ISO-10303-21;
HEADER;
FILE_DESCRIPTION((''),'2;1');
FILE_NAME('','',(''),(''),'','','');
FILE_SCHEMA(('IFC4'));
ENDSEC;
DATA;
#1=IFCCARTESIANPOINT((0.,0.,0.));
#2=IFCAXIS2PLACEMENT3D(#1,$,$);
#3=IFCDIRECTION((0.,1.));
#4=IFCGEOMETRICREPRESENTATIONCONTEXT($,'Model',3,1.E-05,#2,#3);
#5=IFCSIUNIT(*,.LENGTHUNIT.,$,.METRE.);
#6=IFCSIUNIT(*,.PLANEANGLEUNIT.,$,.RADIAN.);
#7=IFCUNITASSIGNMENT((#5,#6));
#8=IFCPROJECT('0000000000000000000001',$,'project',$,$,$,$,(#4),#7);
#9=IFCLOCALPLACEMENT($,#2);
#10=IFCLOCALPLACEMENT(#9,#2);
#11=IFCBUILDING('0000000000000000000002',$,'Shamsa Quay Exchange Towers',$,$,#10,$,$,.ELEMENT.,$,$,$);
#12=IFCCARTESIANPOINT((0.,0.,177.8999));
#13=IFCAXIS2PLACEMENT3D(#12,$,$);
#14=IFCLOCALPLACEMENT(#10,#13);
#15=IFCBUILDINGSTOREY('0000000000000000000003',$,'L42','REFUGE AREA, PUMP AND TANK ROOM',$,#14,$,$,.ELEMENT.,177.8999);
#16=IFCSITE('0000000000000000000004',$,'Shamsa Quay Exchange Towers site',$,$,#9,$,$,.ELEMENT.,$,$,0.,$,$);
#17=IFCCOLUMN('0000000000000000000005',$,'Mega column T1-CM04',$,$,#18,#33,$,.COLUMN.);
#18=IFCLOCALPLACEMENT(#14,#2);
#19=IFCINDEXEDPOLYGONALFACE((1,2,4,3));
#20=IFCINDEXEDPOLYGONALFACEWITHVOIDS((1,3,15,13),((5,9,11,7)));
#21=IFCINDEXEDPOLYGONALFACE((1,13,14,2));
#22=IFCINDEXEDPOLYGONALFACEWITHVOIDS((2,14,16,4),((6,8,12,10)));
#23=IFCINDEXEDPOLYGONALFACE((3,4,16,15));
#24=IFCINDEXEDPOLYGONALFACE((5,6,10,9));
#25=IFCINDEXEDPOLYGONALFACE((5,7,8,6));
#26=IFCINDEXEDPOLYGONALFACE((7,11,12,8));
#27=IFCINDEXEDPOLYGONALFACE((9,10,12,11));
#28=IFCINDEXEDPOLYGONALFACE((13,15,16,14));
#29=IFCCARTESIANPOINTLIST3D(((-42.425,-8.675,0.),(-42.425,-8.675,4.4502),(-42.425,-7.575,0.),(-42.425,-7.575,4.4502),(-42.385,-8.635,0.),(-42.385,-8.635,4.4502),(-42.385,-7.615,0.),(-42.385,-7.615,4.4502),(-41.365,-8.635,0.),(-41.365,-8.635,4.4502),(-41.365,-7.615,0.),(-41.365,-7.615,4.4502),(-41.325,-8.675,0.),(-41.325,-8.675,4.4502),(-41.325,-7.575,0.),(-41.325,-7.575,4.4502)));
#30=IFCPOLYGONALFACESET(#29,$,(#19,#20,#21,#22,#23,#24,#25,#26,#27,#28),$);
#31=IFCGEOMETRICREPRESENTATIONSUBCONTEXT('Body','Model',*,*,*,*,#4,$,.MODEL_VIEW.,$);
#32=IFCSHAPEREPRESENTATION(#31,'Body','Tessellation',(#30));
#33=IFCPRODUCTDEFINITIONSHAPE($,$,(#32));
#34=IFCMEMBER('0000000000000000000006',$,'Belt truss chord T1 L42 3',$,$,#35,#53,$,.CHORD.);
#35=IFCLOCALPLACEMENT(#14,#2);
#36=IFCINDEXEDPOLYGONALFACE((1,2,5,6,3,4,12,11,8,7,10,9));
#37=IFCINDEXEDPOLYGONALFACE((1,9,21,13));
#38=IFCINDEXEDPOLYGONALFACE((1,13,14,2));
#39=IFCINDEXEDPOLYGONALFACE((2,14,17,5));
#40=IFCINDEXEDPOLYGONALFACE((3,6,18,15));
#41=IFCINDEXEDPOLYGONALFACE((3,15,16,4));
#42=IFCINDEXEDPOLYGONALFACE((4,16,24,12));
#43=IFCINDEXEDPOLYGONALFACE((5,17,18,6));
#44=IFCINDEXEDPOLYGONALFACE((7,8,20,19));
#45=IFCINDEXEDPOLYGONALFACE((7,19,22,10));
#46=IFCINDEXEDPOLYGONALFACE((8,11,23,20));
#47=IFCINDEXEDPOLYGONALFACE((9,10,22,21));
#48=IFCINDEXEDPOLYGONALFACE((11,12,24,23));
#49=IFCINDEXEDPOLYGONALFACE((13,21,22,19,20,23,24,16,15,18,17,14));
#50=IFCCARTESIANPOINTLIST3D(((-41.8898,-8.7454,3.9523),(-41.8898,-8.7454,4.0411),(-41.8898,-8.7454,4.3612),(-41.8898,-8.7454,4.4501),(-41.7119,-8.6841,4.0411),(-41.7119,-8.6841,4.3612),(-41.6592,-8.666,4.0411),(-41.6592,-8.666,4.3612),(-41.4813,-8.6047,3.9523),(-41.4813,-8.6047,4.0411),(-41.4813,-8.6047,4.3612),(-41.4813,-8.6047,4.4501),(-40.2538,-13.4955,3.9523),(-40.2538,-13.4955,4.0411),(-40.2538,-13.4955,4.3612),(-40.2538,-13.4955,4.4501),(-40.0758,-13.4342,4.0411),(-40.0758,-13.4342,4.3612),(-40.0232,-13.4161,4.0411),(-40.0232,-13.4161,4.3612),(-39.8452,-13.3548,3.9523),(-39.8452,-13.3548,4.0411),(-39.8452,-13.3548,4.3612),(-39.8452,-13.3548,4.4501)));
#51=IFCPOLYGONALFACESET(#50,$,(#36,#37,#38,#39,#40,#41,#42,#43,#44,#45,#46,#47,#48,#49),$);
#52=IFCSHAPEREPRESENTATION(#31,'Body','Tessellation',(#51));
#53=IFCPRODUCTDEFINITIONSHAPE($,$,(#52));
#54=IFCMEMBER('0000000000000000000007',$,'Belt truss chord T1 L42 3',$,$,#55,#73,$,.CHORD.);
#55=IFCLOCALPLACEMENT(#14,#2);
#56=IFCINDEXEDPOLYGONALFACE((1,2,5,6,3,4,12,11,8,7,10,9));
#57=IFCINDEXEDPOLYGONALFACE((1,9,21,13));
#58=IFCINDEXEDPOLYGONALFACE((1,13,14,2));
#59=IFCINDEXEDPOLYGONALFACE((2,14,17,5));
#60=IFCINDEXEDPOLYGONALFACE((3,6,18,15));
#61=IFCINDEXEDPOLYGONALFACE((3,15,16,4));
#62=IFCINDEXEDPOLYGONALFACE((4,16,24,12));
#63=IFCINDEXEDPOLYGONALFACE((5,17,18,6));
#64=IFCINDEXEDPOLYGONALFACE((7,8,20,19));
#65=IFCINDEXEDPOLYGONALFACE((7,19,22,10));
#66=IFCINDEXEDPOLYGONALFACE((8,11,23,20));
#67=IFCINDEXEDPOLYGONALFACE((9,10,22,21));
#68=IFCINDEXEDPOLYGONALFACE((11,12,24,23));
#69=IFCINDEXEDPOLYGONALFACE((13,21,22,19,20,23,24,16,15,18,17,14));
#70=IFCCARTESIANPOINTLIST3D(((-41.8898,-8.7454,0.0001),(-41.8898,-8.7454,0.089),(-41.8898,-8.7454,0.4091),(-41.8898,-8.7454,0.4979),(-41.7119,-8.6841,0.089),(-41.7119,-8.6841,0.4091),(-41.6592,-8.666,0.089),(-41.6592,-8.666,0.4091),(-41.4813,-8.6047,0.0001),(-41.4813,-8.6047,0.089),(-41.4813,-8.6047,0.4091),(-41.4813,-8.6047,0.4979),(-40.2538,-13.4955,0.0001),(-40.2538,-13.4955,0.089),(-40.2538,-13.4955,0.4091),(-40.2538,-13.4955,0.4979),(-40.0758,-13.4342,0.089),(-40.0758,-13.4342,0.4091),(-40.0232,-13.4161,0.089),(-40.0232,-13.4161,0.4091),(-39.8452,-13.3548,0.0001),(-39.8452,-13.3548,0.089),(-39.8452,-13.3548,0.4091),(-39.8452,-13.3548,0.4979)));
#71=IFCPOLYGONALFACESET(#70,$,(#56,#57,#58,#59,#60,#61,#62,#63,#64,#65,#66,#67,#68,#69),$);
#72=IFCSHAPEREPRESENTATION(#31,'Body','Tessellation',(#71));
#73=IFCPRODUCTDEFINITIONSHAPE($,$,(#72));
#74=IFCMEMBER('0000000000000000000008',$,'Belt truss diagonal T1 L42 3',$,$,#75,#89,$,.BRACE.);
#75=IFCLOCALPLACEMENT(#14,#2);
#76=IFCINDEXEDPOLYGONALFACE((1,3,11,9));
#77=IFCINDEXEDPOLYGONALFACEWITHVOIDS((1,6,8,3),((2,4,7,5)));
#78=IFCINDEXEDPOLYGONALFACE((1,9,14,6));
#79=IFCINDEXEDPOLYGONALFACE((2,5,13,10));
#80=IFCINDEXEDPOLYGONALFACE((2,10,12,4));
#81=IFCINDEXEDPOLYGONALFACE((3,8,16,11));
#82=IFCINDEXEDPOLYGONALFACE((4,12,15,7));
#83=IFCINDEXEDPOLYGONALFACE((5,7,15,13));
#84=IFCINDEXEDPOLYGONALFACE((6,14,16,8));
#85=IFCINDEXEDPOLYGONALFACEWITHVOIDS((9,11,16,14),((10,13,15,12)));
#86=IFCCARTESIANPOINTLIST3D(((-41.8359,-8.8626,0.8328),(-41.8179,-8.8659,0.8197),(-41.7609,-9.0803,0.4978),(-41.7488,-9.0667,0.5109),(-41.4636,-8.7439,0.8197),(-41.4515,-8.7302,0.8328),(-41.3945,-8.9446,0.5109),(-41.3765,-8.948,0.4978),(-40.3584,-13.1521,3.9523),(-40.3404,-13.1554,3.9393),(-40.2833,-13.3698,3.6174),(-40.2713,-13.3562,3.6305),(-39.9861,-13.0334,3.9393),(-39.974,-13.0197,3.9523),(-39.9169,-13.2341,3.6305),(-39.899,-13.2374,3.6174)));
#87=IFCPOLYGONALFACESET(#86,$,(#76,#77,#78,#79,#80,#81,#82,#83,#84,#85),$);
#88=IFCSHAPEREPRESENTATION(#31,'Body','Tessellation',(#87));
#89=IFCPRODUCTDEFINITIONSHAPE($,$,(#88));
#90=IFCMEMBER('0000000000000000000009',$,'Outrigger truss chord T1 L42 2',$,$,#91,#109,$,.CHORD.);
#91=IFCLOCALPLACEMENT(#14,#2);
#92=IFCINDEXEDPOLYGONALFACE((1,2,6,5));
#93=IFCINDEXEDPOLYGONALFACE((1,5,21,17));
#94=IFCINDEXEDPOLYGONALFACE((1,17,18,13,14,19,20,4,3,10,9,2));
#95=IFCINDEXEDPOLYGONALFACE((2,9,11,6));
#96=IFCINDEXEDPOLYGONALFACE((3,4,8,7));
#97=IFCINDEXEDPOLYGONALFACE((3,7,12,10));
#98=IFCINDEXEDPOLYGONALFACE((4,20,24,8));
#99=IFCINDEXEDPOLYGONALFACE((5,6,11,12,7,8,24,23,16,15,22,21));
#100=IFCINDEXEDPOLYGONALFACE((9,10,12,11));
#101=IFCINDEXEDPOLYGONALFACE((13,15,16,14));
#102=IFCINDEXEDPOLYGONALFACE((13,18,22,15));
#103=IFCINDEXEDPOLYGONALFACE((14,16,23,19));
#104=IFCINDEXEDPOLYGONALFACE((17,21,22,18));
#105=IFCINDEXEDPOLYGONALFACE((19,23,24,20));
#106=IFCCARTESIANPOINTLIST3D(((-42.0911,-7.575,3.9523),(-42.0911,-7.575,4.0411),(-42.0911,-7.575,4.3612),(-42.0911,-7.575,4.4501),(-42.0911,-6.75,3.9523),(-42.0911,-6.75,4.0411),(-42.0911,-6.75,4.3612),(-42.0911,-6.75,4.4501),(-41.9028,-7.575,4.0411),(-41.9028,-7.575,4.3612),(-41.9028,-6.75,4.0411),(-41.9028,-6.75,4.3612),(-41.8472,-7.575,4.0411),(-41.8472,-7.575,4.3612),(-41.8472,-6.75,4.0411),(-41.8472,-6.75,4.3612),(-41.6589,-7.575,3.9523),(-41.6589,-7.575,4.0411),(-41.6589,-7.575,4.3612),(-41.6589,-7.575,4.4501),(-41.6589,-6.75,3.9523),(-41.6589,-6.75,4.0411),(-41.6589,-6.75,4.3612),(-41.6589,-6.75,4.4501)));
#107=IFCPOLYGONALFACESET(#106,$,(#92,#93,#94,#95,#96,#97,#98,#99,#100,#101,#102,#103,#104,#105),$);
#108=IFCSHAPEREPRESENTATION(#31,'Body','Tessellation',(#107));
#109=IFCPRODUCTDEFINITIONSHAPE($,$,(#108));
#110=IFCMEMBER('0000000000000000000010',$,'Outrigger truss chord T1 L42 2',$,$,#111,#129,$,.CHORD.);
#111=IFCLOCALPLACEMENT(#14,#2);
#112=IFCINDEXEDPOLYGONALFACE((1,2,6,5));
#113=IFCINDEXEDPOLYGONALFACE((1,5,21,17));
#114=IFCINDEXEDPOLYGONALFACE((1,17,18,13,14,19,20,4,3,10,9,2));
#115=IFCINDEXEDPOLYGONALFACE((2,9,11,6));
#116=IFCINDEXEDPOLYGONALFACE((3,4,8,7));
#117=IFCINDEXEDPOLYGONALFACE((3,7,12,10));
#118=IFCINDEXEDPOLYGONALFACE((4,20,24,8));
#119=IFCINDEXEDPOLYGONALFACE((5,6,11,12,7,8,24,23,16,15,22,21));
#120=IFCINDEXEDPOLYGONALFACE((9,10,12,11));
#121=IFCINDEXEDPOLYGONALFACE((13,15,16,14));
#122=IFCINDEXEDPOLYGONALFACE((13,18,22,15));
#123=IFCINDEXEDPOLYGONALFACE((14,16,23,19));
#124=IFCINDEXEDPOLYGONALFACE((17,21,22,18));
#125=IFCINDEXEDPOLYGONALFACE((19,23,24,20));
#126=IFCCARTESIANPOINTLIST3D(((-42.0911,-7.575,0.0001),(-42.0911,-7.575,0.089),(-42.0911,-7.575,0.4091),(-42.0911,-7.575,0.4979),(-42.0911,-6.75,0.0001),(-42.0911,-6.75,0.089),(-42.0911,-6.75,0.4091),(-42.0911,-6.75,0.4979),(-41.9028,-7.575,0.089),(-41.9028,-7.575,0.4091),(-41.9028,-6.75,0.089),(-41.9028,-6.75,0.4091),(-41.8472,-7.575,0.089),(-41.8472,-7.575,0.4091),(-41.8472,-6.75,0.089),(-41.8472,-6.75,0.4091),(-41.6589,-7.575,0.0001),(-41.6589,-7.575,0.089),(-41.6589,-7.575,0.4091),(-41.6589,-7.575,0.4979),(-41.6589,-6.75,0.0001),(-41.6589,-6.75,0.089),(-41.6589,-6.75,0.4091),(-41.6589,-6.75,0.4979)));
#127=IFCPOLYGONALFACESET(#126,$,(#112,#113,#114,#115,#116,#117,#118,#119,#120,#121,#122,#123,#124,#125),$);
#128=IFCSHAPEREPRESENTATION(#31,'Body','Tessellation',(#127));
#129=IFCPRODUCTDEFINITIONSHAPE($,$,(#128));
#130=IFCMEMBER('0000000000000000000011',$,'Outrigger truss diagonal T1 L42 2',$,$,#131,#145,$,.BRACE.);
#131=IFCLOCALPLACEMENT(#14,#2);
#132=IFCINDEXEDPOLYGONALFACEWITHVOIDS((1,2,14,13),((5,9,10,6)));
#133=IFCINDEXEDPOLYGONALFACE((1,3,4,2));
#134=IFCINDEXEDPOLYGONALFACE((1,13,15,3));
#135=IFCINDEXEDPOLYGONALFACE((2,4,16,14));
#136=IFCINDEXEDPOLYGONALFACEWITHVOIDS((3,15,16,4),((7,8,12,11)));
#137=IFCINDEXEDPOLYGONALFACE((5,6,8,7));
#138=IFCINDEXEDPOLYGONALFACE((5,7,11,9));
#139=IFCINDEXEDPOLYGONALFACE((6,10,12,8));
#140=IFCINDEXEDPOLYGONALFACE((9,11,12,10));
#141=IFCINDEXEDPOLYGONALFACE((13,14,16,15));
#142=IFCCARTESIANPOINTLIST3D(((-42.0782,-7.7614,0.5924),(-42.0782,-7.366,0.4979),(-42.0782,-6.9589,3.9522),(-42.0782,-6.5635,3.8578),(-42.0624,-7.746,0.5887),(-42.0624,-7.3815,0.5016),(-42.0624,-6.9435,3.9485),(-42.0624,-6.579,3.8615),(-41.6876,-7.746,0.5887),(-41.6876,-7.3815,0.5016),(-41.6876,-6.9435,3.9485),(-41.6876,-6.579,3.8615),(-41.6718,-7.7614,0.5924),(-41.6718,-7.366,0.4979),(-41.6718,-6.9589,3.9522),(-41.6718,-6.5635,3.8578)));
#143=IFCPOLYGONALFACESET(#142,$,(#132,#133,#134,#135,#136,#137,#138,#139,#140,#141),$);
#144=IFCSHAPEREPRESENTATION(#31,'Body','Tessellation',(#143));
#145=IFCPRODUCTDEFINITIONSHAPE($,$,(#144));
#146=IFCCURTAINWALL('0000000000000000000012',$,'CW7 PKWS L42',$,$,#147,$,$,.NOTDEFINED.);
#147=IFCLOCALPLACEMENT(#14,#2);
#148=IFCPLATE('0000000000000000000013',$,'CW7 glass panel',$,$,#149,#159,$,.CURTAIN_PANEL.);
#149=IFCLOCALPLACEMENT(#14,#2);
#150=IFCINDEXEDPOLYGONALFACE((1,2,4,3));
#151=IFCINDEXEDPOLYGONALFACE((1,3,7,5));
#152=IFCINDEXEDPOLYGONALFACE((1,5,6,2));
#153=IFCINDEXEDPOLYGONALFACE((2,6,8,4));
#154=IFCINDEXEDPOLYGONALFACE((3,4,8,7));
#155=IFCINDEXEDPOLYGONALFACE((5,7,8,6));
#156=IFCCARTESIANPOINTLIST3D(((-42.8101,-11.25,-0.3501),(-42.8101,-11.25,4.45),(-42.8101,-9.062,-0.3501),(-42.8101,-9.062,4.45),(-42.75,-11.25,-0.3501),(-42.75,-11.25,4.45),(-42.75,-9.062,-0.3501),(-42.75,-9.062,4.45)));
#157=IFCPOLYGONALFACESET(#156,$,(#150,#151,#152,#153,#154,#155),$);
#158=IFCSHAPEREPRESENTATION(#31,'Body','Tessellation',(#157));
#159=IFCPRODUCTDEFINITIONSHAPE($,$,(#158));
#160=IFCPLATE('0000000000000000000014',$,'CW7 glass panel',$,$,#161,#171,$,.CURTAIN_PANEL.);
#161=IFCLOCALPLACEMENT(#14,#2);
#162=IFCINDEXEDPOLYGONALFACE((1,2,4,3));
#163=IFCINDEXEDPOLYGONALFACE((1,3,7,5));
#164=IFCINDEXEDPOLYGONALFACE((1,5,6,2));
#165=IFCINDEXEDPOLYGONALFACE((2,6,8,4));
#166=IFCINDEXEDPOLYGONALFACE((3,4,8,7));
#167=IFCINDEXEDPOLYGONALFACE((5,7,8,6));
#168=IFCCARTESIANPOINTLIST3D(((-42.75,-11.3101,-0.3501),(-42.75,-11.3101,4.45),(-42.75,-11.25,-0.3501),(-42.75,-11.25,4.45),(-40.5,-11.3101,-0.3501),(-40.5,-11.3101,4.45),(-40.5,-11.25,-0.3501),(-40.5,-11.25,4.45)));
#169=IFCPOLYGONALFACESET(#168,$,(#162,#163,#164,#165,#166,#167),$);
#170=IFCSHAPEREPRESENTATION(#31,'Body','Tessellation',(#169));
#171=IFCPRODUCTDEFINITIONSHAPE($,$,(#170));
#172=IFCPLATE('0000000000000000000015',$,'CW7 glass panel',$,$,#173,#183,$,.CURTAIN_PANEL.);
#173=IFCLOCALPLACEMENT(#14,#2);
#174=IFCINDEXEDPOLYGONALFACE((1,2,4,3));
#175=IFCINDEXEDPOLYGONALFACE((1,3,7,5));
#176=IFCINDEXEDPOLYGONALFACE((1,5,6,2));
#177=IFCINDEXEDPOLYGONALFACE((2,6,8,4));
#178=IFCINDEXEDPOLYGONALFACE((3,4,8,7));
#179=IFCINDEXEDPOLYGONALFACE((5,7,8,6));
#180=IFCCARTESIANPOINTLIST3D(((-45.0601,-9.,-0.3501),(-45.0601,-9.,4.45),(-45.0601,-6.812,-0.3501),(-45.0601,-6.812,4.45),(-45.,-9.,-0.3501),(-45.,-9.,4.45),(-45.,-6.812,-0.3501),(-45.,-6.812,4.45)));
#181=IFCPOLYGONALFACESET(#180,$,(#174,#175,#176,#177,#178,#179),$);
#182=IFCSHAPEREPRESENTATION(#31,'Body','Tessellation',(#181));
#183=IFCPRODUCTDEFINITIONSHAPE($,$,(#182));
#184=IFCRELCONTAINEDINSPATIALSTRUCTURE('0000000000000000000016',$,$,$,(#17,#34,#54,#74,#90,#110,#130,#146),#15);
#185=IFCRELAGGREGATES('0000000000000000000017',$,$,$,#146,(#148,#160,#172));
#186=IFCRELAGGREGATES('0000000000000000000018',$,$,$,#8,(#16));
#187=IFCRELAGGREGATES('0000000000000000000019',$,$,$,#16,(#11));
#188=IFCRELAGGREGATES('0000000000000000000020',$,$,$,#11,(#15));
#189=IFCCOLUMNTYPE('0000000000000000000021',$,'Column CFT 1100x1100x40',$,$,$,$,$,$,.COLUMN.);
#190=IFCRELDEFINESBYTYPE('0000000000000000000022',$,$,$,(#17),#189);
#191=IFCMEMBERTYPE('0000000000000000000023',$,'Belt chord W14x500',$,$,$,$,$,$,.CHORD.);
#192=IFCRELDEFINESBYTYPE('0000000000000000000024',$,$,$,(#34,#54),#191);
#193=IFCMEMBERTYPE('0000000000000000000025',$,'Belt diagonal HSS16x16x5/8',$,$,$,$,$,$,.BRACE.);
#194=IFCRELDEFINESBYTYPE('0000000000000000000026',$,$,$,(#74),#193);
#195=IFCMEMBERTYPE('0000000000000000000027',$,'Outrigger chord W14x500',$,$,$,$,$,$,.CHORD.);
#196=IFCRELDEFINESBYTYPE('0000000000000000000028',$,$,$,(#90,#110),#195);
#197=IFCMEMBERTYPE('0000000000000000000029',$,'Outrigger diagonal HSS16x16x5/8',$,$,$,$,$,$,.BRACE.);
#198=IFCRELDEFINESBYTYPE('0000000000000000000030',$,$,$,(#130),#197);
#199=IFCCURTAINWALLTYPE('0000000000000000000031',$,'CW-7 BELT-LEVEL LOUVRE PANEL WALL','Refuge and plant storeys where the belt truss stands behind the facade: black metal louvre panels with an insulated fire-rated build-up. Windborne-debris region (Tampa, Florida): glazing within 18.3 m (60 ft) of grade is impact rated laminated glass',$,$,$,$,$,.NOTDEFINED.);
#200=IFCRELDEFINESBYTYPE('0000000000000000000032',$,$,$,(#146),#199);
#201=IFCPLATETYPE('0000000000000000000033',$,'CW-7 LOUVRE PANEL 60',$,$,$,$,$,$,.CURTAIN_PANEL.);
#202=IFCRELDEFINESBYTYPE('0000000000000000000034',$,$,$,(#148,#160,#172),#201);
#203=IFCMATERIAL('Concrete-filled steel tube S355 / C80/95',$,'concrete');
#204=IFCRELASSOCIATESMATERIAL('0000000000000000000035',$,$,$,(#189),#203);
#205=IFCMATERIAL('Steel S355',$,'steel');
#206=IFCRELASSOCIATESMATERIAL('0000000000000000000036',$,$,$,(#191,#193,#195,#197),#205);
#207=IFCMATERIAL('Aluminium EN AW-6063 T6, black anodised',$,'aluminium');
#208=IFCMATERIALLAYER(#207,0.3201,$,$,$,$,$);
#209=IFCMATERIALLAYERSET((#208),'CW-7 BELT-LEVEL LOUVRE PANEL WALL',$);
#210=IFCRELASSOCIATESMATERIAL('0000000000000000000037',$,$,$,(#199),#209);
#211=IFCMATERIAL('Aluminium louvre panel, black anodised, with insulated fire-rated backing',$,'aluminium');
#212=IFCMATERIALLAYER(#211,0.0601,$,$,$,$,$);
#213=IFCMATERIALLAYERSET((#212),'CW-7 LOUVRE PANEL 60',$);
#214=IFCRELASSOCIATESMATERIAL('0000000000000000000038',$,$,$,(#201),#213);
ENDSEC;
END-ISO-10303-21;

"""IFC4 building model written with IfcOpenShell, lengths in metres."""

from ifc_helpers import new_model, si_unit, direction, frame, origin, origin_2d, place, context, subcontext, project, spatial, rectangle, hollow_rectangle, i_section, extrude, material, layer, layer_set, material_profile, profile_set, type_object, element, aggregate, save


model = new_model("IFC4")

# Units and contexts
model_context = context("Model", 3, precision=1e-05, world=origin(), true_north=direction((0.0, 1.0)))
body_context = subcontext(model_context, "Body", "Model", "MODEL_VIEW")
ifc_project = project(units=[si_unit("LENGTHUNIT", "METRE"), si_unit("PLANEANGLEUNIT", "RADIAN")], contexts=[model_context])

# Site, building, storey
site_placement = place(None, origin())
site = spatial("IfcSite", under=ifc_project, at=site_placement, Name="Shamsa Quay Exchange Towers site", CompositionType="ELEMENT", RefElevation=0.0)
building_placement = place(site_placement, origin())
building = spatial("IfcBuilding", under=site, at=building_placement, Name="Shamsa Quay Exchange Towers", CompositionType="ELEMENT")
storey_placement = place(building_placement, frame((0.0, 0.0, 177.8999)))
storey = spatial("IfcBuildingStorey", under=building, at=storey_placement, Name="L42", Description="REFUGE AREA, PUMP AND TANK ROOM", CompositionType="ELEMENT", Elevation=177.8999)

# Column
ifc_material_1 = material(Name="Concrete-filled steel tube S355 / C80/95", Category="concrete")
ifc_material_profile_1 = material_profile(ifc_material_1, hollow_rectangle(XDim=1.1001, YDim=1.1001, WallThickness=0.04, at=origin_2d()), Name="CFT 1100x1100x40")
ifc_profile_set_1 = profile_set([ifc_material_profile_1], Name="Concrete-filled steel tube S355 / C80/95")
column_type = type_object("IfcColumnType", Name="Column CFT 1100x1100x40", PredefinedType="COLUMN", material=ifc_profile_set_1)
column_placement = place(storey_placement, frame((-41.875, -8.125, 0.0)))
element("IfcColumn", 1, at=column_placement, inside=storey, type_object=column_type, Name="Mega column T1-CM04", PredefinedType="COLUMN", context=body_context, shape_type="SweptSolid", body=[
    extrude(hollow_rectangle(XDim=1.1001, YDim=1.1001, WallThickness=0.04, at=origin_2d()), origin(), (0.0, 0.0, 1.0), 4.4502),
])

# Members
ifc_material_2 = material(Name="Steel S355", Category="steel")
ifc_material_profile_2 = material_profile(ifc_material_2, i_section(OverallWidth=0.4321, OverallDepth=0.4978, WebThickness=0.0557, FlangeThickness=0.0889, at=origin_2d()), Name="W14x500")
ifc_profile_set_2 = profile_set([ifc_material_profile_2], Name="Steel S355")
member_type_1 = type_object("IfcMemberType", Name="Belt chord W14x500", PredefinedType="CHORD", material=ifc_profile_set_2)
for number, where, z_axis, x_axis, name in (
    (2, (-41.6855, -8.675, 4.2012), (0.325645, -0.945492, 0.0), (0.945492, 0.325645, 0.0), "Belt truss chord T1 L42 3"),
    (3, (-41.6855, -8.675, 0.249), (0.325645, -0.945492, 0.0), (0.945492, 0.325645, 0.0), "Belt truss chord T1 L42 3"),
):
    element("IfcMember", number, at=place(storey_placement, frame(where, z_axis=z_axis, x_axis=x_axis)), inside=storey, type_object=member_type_1, Name=name, PredefinedType="CHORD", context=body_context, shape_type="SweptSolid", body=[
        extrude(i_section(OverallWidth=0.4321, OverallDepth=0.4978, WebThickness=0.0557, FlangeThickness=0.0889, at=origin_2d()), origin(), (0.0, 0.0, 1.0), 5.0239),
    ])
ifc_material_profile_3 = material_profile(ifc_material_2, hollow_rectangle(XDim=0.4065, YDim=0.4065, WallThickness=0.0159, at=origin_2d()), Name="HSS16x16x5/8")
ifc_profile_set_3 = profile_set([ifc_material_profile_3], Name="Steel S355")
member_type_2 = type_object("IfcMemberType", Name="Belt diagonal HSS16x16x5/8", PredefinedType="BRACE", material=ifc_profile_set_3)
member_1_placement = place(storey_placement, frame((-41.6062, -8.9053, 0.6653), z_axis=(0.268353, -0.779076, 0.566593), x_axis=(0.945483, 0.325672, 0.0)))
element("IfcMember", 4, at=member_1_placement, inside=storey, type_object=member_type_2, Name="Belt truss diagonal T1 L42 3", PredefinedType="BRACE", context=body_context, shape_type="SweptSolid", body=[
    extrude(hollow_rectangle(XDim=0.4065, YDim=0.4065, WallThickness=0.0159, at=origin_2d()), origin(), (0.0, 0.0, 1.0), 5.5059),
])
ifc_material_profile_4 = material_profile(ifc_material_2, i_section(OverallWidth=0.4321, OverallDepth=0.4978, WebThickness=0.0557, FlangeThickness=0.0889, at=origin_2d()), Name="W14x500")
ifc_profile_set_4 = profile_set([ifc_material_profile_4], Name="Steel S355")
member_type_3 = type_object("IfcMemberType", Name="Outrigger chord W14x500", PredefinedType="CHORD", material=ifc_profile_set_4)
for number, where, z_axis, x_axis, name in (
    (5, (-41.875, -7.575, 4.2012), (0.0, 1.0, 0.0), (-1.0, 0.0, 0.0), "Outrigger truss chord T1 L42 2"),
    (6, (-41.875, -7.575, 0.249), (0.0, 1.0, 0.0), (-1.0, 0.0, 0.0), "Outrigger truss chord T1 L42 2"),
):
    element("IfcMember", number, at=place(storey_placement, frame(where, z_axis=z_axis, x_axis=x_axis)), inside=storey, type_object=member_type_3, Name=name, PredefinedType="CHORD", context=body_context, shape_type="SweptSolid", body=[
        extrude(i_section(OverallWidth=0.4321, OverallDepth=0.4978, WebThickness=0.0557, FlangeThickness=0.0889, at=origin_2d()), origin(), (0.0, 0.0, 1.0), 0.825),
    ])
ifc_material_profile_5 = material_profile(ifc_material_2, hollow_rectangle(XDim=0.4065, YDim=0.4065, WallThickness=0.0159, at=origin_2d()), Name="HSS16x16x5/8")
ifc_profile_set_5 = profile_set([ifc_material_profile_5], Name="Steel S355")
member_type_4 = type_object("IfcMemberType", Name="Outrigger diagonal HSS16x16x5/8", PredefinedType="BRACE", material=ifc_profile_set_5)
member_2_placement = place(storey_placement, frame((-41.875, -7.5637, 0.5452), z_axis=(0.0, 0.232312, 0.972641), x_axis=(-1.0, 0.0, 0.0)))
element("IfcMember", 7, at=member_2_placement, inside=storey, type_object=member_type_4, Name="Outrigger truss diagonal T1 L42 2", PredefinedType="BRACE", context=body_context, shape_type="SweptSolid", body=[
    extrude(hollow_rectangle(XDim=0.4065, YDim=0.4065, WallThickness=0.0159, at=origin_2d()), origin(), (0.0, 0.0, 1.0), 3.4543),
])

# Curtain wall, plates
ifc_material_3 = material(Name="Aluminium EN AW-6063 T6, black anodised", Category="aluminium")
ifc_layer_1 = layer(ifc_material_3, 0.3201)
ifc_layer_set_1 = layer_set([ifc_layer_1], Name="CW-7 BELT-LEVEL LOUVRE PANEL WALL")
curtain_wall_type = type_object("IfcCurtainWallType", Name="CW-7 BELT-LEVEL LOUVRE PANEL WALL", Description="Refuge and plant storeys where the belt truss stands behind the facade: black metal louvre panels with an insulated fire-rated build-up. Windborne-debris region (Tampa, Florida): glazing within 18.3 m (60 ft) of grade is impact rated laminated glass", PredefinedType="NOTDEFINED", material=ifc_layer_set_1)
curtain_wall_placement = place(storey_placement, origin())
curtain_wall = element("IfcCurtainWall", 8, at=curtain_wall_placement, inside=storey, type_object=curtain_wall_type, Name="CW7 PKWS L42", PredefinedType="NOTDEFINED")
ifc_material_4 = material(Name="Aluminium louvre panel, black anodised, with insulated fire-rated backing", Category="aluminium")
ifc_layer_2 = layer(ifc_material_4, 0.0601)
ifc_layer_set_2 = layer_set([ifc_layer_2], Name="CW-7 LOUVRE PANEL 60")
plate_type = type_object("IfcPlateType", Name="CW-7 LOUVRE PANEL 60", PredefinedType="CURTAIN_PANEL", material=ifc_layer_set_2)
plate_1_placement = place(storey_placement, frame((-42.78, -10.156, -0.3501), z_axis=(0.0, 0.0, 1.0), x_axis=(0.0, -1.0, 0.0)))
plate_1 = element("IfcPlate", 9, at=plate_1_placement, type_object=plate_type, Name="CW7 glass panel", PredefinedType="CURTAIN_PANEL", context=body_context, shape_type="SweptSolid", body=[
    extrude(rectangle(XDim=2.188, YDim=0.0601, at=origin_2d()), origin(), (0.0, 0.0, 1.0), 4.8),
])
plate_2_placement = place(storey_placement, frame((-41.625, -11.28, -0.3501)))
plate_2 = element("IfcPlate", 10, at=plate_2_placement, type_object=plate_type, Name="CW7 glass panel", PredefinedType="CURTAIN_PANEL", context=body_context, shape_type="SweptSolid", body=[
    extrude(rectangle(XDim=2.25, YDim=0.0601, at=origin_2d()), origin(), (0.0, 0.0, 1.0), 4.8),
])
plate_3_placement = place(storey_placement, frame((-45.03, -7.906, -0.3501), z_axis=(0.0, 0.0, 1.0), x_axis=(0.0, -1.0, 0.0)))
plate_3 = element("IfcPlate", 11, at=plate_3_placement, type_object=plate_type, Name="CW7 glass panel", PredefinedType="CURTAIN_PANEL", context=body_context, shape_type="SweptSolid", body=[
    extrude(rectangle(XDim=2.188, YDim=0.0601, at=origin_2d()), origin(), (0.0, 0.0, 1.0), 4.8),
])
aggregate(curtain_wall, [plate_1, plate_2, plate_3])

save(model, "model.ifc")
